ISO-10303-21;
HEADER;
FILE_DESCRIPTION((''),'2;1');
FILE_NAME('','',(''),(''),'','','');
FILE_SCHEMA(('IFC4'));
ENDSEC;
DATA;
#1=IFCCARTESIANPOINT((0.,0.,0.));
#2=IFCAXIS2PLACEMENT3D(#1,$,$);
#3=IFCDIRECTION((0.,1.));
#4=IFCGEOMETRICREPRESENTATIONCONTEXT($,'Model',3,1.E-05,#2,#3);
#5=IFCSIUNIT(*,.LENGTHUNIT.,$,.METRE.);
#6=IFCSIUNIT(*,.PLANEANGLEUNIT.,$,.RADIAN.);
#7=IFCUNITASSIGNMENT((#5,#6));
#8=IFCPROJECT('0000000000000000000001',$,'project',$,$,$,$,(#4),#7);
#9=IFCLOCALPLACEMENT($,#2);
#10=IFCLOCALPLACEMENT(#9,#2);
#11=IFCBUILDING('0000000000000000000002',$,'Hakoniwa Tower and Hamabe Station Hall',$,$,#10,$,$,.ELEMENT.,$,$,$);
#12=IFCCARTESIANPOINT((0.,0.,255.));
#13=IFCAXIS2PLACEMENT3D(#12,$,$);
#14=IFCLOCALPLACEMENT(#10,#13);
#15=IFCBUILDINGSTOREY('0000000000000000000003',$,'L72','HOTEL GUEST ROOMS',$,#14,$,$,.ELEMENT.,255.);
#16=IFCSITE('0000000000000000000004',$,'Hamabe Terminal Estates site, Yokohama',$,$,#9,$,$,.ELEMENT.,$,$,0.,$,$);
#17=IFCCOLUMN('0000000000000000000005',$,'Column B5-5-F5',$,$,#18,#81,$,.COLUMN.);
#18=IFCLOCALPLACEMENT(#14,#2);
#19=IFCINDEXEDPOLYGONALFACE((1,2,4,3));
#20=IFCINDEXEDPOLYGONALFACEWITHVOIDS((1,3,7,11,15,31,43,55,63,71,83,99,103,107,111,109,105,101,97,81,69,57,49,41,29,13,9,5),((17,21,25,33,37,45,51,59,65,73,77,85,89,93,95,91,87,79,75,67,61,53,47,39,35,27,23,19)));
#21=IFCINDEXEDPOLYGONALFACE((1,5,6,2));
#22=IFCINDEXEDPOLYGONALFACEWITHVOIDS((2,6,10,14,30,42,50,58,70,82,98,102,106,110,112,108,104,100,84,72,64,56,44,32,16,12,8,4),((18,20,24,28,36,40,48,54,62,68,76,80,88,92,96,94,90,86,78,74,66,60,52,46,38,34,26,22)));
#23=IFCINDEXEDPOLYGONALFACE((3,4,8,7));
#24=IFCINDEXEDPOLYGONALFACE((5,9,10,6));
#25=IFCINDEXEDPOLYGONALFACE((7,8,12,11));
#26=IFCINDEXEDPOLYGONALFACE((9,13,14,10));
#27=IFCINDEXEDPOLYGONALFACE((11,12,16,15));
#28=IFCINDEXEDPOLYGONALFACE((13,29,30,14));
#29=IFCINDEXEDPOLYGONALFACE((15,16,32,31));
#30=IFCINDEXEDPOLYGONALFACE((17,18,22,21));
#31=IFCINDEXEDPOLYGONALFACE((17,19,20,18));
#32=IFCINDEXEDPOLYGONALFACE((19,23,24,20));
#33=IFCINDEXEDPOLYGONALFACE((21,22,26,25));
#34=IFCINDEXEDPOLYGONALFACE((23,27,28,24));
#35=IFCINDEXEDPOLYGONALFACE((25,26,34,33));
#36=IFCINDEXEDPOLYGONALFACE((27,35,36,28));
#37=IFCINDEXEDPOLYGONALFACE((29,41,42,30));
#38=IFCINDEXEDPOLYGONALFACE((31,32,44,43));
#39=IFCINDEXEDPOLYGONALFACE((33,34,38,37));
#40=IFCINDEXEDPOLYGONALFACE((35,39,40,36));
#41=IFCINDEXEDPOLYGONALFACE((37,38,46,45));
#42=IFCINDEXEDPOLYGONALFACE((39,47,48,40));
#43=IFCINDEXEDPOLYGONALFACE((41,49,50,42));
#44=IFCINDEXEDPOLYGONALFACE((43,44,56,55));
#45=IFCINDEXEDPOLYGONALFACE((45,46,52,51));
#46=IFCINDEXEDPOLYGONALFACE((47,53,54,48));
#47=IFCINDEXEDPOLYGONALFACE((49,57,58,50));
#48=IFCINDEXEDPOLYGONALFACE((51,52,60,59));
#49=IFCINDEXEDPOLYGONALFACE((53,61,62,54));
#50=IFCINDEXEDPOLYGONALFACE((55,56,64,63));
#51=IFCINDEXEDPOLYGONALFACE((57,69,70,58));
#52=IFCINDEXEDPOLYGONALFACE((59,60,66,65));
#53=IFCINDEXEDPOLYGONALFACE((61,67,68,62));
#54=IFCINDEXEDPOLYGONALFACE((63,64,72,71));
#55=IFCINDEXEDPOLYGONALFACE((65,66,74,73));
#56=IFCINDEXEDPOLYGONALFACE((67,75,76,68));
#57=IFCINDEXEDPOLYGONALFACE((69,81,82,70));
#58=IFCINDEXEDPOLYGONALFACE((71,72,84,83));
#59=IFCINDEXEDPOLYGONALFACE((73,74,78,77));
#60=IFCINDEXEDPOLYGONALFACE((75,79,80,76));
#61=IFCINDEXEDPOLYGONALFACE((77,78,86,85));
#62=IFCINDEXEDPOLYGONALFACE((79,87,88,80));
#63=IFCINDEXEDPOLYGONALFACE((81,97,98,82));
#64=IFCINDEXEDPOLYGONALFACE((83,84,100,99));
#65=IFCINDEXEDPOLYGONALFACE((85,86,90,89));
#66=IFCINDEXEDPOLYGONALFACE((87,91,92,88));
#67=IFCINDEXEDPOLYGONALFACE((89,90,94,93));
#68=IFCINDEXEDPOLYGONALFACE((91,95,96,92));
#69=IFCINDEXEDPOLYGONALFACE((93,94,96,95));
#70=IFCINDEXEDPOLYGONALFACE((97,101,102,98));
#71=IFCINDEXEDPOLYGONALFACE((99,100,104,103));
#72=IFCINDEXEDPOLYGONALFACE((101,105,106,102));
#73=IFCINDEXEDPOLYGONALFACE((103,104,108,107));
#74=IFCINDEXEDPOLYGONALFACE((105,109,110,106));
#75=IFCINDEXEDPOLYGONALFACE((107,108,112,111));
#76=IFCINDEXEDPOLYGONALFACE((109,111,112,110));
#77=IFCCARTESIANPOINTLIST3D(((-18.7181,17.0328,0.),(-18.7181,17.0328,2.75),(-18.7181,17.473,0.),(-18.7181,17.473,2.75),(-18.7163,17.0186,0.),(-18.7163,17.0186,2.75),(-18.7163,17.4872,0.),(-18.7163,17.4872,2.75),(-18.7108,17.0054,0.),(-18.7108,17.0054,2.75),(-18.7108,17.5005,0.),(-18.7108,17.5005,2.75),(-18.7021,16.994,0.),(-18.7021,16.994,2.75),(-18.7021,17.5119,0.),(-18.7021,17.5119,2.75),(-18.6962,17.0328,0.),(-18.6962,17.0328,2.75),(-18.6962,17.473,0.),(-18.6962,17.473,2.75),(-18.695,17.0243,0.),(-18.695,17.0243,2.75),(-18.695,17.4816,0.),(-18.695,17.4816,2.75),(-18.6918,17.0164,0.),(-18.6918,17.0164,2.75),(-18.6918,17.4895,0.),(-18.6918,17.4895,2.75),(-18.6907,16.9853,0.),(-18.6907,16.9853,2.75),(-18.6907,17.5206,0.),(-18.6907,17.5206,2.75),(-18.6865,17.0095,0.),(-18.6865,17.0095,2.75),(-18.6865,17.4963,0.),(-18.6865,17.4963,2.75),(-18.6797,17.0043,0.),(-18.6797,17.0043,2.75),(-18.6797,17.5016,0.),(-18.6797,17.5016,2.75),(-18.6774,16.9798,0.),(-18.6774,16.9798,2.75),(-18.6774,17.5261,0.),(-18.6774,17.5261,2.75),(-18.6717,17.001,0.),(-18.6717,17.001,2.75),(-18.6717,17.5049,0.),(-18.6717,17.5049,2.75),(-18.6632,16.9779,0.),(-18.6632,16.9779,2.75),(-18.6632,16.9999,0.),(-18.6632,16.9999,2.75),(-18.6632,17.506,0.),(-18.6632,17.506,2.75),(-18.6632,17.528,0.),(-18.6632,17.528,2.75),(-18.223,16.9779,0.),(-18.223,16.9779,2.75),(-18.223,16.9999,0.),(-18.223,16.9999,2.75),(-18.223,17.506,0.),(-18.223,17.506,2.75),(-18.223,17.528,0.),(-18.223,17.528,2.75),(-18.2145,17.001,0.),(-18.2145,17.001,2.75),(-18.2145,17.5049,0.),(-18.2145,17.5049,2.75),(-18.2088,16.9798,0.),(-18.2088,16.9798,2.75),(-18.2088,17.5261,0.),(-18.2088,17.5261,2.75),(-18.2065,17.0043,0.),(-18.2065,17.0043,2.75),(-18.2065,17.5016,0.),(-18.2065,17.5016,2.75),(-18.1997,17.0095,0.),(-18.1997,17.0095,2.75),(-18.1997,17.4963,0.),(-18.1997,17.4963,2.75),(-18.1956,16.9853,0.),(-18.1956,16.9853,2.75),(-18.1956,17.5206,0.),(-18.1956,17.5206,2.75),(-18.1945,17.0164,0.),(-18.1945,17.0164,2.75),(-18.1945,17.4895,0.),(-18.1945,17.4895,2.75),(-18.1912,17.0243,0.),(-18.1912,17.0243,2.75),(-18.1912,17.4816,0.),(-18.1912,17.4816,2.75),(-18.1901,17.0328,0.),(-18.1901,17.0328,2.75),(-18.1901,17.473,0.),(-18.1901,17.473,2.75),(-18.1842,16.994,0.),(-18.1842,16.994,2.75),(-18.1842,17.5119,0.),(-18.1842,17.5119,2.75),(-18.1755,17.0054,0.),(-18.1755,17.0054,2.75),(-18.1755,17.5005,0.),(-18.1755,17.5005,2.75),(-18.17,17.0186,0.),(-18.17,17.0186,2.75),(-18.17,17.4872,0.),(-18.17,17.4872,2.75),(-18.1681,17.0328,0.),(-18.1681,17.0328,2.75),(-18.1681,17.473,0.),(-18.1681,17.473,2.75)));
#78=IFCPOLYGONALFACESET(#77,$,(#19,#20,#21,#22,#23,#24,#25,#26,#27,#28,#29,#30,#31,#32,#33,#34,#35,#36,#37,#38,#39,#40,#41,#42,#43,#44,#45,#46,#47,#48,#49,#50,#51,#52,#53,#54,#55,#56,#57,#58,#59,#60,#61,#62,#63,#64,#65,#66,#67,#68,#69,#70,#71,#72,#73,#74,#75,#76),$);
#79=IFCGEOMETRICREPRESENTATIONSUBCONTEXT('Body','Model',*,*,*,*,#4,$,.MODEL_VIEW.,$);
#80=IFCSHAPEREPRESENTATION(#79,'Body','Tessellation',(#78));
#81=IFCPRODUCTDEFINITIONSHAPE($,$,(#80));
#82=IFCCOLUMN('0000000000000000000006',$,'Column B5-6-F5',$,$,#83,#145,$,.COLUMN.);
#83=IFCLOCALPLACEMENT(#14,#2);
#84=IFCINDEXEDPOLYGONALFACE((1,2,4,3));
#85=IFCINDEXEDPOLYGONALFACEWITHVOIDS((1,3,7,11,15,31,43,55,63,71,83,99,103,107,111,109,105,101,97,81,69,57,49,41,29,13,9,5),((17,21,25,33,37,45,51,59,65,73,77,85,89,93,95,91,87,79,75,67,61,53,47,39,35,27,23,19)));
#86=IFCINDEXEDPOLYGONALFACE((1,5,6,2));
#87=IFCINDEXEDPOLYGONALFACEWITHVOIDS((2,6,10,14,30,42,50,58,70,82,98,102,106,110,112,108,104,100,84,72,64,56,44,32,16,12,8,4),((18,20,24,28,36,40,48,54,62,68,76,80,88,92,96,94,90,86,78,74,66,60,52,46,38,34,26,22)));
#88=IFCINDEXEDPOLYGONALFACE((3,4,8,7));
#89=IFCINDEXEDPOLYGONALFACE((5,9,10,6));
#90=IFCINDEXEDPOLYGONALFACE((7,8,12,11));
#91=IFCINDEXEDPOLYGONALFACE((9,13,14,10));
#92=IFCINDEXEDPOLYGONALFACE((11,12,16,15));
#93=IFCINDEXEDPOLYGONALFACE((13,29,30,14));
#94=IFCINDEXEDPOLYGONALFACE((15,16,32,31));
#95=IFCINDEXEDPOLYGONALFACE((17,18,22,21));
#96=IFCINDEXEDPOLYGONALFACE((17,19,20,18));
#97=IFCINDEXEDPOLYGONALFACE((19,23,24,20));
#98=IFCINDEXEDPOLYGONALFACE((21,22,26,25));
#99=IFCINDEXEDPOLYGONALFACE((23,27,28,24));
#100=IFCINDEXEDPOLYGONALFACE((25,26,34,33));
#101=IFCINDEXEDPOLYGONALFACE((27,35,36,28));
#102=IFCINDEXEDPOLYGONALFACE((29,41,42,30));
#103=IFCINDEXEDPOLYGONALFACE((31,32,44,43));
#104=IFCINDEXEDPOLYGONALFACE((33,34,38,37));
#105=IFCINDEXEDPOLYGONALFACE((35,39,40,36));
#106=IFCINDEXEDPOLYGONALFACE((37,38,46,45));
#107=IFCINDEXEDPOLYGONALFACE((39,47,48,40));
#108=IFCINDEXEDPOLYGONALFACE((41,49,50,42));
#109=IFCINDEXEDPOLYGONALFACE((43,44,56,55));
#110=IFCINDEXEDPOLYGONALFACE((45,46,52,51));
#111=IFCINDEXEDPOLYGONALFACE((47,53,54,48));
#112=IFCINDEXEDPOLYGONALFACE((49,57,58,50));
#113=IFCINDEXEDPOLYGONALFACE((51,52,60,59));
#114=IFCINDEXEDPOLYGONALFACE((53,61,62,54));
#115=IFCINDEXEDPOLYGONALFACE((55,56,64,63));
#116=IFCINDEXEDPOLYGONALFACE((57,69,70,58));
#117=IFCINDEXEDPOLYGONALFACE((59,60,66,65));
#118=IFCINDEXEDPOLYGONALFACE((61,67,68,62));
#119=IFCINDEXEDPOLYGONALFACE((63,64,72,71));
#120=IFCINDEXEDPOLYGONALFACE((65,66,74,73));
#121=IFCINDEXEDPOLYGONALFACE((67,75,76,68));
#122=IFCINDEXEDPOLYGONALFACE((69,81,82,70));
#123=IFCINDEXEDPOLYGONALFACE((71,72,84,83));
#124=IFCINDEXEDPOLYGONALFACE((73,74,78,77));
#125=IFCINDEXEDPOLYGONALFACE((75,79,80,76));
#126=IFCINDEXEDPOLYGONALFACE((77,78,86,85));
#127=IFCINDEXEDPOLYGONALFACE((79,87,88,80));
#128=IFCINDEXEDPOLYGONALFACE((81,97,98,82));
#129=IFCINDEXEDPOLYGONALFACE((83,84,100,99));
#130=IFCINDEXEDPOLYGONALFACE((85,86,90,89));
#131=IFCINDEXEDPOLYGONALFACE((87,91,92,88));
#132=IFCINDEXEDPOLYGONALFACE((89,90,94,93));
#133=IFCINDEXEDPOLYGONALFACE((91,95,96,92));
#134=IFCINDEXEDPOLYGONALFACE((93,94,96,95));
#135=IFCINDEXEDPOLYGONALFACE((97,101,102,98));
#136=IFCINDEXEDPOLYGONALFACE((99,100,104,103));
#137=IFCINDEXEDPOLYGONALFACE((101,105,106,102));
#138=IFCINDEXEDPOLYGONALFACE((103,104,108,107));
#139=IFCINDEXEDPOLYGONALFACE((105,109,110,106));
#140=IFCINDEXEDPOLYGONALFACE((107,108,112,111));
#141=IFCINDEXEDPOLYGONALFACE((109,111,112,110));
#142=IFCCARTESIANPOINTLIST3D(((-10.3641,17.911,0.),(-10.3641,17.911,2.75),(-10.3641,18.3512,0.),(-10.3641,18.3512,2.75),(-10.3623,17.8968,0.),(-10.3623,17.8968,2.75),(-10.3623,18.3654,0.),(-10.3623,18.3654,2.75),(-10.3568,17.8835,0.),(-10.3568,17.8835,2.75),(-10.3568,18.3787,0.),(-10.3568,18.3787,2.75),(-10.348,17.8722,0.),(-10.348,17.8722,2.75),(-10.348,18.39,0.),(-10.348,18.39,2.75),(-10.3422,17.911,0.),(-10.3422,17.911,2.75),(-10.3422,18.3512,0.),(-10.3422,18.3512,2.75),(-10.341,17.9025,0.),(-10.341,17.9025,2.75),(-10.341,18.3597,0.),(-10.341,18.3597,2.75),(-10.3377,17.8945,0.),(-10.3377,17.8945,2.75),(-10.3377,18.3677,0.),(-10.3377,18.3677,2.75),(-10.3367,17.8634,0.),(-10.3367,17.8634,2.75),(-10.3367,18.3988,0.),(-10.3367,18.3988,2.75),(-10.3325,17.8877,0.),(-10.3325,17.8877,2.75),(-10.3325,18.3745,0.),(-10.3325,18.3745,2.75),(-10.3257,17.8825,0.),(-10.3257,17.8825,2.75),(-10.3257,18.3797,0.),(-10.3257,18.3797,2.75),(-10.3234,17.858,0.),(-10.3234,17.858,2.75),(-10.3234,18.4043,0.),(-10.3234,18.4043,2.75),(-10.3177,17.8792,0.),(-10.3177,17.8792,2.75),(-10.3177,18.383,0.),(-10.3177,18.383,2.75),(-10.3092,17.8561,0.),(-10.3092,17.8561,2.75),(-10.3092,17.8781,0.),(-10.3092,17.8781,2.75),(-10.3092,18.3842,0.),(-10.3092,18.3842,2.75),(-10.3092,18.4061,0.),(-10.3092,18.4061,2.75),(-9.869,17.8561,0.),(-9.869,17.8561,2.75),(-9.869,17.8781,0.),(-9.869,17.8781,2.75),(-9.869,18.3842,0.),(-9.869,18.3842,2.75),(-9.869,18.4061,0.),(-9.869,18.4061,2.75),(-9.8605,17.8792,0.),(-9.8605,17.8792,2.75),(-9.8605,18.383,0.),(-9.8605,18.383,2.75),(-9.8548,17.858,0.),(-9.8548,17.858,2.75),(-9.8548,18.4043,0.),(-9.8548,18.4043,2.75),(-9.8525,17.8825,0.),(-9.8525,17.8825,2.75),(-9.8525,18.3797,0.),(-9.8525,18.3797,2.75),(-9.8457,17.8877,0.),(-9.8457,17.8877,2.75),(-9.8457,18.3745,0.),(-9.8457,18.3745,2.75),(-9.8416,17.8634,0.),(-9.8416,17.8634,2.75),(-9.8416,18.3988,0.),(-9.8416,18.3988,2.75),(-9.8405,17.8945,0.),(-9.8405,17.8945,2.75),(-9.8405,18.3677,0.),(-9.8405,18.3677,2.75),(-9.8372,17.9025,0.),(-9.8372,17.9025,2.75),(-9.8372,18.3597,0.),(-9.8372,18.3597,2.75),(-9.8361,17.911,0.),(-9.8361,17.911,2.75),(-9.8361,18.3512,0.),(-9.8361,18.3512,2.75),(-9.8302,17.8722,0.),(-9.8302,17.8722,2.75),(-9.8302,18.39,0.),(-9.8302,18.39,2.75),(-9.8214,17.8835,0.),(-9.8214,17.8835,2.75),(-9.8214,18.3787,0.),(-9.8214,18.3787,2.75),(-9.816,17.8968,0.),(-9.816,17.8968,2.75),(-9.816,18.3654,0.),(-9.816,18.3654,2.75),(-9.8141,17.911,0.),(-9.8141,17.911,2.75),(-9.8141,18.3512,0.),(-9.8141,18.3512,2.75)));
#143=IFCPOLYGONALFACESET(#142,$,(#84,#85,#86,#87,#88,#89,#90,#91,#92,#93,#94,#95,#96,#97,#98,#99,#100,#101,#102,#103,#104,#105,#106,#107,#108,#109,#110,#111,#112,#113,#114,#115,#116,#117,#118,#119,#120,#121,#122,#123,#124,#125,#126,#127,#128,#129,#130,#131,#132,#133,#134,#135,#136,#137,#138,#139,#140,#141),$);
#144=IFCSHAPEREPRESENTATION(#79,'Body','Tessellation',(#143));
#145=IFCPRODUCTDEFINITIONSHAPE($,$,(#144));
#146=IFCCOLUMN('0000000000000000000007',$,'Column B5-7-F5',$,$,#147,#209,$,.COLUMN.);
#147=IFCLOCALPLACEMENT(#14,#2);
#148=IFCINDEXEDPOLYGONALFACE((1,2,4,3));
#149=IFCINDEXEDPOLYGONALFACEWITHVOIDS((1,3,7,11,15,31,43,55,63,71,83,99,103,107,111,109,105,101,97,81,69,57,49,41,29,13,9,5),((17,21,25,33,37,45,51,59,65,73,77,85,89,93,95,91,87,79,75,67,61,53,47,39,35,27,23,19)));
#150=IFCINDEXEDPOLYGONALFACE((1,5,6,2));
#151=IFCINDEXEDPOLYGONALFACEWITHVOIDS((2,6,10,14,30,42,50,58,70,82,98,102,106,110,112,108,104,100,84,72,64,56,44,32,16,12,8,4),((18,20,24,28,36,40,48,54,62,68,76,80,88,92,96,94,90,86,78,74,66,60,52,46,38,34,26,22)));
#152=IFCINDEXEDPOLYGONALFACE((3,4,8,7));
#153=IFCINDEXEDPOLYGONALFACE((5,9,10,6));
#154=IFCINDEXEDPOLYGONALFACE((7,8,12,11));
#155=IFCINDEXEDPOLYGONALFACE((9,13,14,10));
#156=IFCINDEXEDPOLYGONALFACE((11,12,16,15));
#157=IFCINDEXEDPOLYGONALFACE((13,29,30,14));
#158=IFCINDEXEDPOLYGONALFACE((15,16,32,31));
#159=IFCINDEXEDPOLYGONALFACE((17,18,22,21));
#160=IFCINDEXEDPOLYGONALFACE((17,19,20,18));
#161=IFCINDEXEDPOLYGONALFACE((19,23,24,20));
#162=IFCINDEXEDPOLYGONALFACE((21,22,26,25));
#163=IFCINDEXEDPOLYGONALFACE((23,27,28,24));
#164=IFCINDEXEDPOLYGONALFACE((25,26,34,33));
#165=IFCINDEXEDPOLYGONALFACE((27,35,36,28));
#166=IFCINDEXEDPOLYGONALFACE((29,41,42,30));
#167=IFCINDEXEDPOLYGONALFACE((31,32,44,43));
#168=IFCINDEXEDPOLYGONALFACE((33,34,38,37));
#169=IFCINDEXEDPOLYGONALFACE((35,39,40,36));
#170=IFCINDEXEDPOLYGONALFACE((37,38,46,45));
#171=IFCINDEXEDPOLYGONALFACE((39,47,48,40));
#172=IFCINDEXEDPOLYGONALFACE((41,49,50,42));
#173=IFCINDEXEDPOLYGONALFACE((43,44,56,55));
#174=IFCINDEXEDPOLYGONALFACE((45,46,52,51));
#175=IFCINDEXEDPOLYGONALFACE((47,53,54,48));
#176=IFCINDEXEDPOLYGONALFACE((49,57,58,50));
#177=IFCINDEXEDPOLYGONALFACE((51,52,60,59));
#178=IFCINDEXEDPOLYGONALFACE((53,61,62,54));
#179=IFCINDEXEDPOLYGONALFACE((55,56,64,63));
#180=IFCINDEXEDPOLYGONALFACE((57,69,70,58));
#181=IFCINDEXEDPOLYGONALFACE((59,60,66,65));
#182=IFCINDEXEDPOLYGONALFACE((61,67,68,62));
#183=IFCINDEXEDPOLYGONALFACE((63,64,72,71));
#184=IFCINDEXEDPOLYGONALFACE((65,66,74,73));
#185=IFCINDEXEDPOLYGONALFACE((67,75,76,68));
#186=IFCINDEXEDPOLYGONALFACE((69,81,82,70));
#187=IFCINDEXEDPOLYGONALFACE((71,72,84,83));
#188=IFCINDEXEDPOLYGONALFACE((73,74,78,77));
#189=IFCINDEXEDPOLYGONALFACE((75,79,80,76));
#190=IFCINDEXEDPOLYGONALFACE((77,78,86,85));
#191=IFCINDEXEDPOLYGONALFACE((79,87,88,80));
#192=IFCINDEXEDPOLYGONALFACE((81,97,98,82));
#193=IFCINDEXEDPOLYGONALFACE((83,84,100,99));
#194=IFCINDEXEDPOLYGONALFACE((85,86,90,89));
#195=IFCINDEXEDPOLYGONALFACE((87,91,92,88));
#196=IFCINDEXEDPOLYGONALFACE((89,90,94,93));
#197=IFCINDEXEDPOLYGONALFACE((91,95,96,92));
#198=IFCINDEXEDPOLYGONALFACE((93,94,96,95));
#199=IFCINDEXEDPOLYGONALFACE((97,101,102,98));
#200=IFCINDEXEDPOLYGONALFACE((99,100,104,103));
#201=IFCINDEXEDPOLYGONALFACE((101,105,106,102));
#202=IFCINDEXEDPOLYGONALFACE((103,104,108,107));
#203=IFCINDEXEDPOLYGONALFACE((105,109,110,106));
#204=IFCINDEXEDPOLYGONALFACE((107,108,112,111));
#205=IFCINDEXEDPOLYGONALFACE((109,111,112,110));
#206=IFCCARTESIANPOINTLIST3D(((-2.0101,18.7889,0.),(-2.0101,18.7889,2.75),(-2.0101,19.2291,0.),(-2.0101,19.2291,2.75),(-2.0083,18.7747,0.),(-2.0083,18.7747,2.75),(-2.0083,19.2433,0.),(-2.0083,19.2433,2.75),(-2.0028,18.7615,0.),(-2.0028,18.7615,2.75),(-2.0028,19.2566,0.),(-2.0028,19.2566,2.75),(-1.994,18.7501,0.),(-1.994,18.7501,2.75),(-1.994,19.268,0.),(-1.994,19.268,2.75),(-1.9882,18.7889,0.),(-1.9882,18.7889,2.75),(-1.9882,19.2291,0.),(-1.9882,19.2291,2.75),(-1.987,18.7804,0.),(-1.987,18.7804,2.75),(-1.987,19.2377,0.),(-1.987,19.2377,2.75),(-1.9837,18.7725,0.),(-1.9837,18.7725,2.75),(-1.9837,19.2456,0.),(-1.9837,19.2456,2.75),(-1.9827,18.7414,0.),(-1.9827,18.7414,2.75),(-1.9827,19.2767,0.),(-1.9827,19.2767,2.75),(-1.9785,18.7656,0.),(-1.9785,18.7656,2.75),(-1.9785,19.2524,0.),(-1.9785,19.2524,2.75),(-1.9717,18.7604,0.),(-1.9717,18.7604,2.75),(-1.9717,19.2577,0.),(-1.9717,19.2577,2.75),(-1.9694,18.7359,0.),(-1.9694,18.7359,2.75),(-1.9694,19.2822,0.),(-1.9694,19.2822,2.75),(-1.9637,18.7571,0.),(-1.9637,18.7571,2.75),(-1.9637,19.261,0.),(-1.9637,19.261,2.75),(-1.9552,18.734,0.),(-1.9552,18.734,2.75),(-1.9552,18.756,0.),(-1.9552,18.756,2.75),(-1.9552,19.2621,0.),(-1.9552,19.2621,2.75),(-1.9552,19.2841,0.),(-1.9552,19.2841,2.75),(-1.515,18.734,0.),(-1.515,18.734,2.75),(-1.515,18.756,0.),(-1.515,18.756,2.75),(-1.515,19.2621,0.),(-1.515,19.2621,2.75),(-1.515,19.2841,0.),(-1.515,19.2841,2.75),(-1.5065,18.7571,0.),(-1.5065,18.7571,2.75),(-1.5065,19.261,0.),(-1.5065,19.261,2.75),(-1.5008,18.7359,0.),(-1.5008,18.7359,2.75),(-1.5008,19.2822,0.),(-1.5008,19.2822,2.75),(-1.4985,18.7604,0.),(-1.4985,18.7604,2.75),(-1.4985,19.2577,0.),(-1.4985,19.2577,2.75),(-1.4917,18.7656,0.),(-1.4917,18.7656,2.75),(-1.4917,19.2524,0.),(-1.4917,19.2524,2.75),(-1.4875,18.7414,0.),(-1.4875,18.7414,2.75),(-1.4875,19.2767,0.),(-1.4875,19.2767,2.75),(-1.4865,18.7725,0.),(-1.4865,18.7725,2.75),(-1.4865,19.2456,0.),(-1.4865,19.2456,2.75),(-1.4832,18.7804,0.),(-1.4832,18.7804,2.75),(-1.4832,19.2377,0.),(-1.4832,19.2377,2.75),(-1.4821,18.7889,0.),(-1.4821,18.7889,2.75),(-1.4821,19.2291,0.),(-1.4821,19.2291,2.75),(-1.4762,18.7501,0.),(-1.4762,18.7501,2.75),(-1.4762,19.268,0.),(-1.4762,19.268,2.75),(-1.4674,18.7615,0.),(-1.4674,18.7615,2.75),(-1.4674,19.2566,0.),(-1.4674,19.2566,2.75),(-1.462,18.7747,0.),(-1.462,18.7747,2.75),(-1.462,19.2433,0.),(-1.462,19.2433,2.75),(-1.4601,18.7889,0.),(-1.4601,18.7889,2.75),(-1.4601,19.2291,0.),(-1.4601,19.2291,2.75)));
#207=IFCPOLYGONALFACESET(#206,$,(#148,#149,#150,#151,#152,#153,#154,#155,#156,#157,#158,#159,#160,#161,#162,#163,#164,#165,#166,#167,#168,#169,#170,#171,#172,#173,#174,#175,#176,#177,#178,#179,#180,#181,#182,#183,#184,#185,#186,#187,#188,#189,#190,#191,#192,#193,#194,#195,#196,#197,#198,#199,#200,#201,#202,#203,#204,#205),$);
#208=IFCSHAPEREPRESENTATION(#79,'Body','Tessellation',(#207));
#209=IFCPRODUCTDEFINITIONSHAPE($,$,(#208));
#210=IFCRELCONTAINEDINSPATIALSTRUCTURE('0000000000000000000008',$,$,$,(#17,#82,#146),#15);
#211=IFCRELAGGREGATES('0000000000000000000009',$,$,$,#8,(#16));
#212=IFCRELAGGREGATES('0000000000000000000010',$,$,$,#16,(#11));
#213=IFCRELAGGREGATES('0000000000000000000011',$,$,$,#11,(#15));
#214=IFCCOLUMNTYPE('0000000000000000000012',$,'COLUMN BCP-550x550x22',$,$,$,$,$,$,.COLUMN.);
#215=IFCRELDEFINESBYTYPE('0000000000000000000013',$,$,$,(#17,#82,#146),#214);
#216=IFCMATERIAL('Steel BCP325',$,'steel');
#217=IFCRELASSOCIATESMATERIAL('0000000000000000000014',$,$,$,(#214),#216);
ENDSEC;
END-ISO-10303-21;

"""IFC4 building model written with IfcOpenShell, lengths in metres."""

from ifc_helpers import new_model, si_unit, direction, frame, origin, origin_2d, place, context, subcontext, project, spatial, hollow_rectangle, extrude, material, material_profile, profile_set, type_object, element, save


model = new_model("IFC4")

# Units and contexts
model_context = context("Model", 3, precision=1e-05, world=origin(), true_north=direction((0.0, 1.0)))
body_context = subcontext(model_context, "Body", "Model", "MODEL_VIEW")
ifc_project = project(units=[si_unit("LENGTHUNIT", "METRE"), si_unit("PLANEANGLEUNIT", "RADIAN")], contexts=[model_context])

# Site, building, storey
site_placement = place(None, origin())
site = spatial("IfcSite", under=ifc_project, at=site_placement, Name="Hamabe Terminal Estates site, Yokohama", CompositionType="ELEMENT", RefElevation=0.0)
building_placement = place(site_placement, origin())
building = spatial("IfcBuilding", under=site, at=building_placement, Name="Hakoniwa Tower and Hamabe Station Hall", CompositionType="ELEMENT")
storey_placement = place(building_placement, frame((0.0, 0.0, 255.0)))
storey = spatial("IfcBuildingStorey", under=building, at=storey_placement, Name="L72", Description="HOTEL GUEST ROOMS", CompositionType="ELEMENT", Elevation=255.0)

# Columns
ifc_material_1 = material(Name="Steel BCP325", Category="steel")
ifc_material_profile_1 = material_profile(ifc_material_1, hollow_rectangle(XDim=0.55, YDim=0.55, WallThickness=0.022, InnerFilletRadius=0.033, OuterFilletRadius=0.0549, at=origin_2d()), Name="BCP-550x550x22")
ifc_profile_set_1 = profile_set([ifc_material_profile_1], Name="Steel BCP325")
column_type_1 = type_object("IfcColumnType", Name="COLUMN BCP-550x550x22", PredefinedType="COLUMN", material=ifc_profile_set_1)
for number, where, z_axis, x_axis, name in (
    (1, (-18.4431, 17.2529, 0.0), (0.0, 0.0, 1.0), (1.0, 0.0, 0.0), "Column B5-5-F5"),
    (2, (-10.0891, 18.1311, 0.0), (0.0, 0.0, 1.0), (1.0, 0.0, 0.0), "Column B5-6-F5"),
    (3, (-1.7351, 19.009, 0.0), (0.0, 0.0, 1.0), (1.0, 0.0, 0.0), "Column B5-7-F5"),
):
    element("IfcColumn", number, at=place(storey_placement, frame(where, z_axis=z_axis, x_axis=x_axis)), inside=storey, type_object=column_type_1, Name=name, PredefinedType="COLUMN", context=body_context, shape_type="SweptSolid", body=[
        extrude(hollow_rectangle(XDim=0.55, YDim=0.55, WallThickness=0.022, InnerFilletRadius=0.033, OuterFilletRadius=0.0549, at=origin_2d()), origin(), (0.0, 0.0, 1.0), 2.75),
    ])

save(model, "model.ifc")
